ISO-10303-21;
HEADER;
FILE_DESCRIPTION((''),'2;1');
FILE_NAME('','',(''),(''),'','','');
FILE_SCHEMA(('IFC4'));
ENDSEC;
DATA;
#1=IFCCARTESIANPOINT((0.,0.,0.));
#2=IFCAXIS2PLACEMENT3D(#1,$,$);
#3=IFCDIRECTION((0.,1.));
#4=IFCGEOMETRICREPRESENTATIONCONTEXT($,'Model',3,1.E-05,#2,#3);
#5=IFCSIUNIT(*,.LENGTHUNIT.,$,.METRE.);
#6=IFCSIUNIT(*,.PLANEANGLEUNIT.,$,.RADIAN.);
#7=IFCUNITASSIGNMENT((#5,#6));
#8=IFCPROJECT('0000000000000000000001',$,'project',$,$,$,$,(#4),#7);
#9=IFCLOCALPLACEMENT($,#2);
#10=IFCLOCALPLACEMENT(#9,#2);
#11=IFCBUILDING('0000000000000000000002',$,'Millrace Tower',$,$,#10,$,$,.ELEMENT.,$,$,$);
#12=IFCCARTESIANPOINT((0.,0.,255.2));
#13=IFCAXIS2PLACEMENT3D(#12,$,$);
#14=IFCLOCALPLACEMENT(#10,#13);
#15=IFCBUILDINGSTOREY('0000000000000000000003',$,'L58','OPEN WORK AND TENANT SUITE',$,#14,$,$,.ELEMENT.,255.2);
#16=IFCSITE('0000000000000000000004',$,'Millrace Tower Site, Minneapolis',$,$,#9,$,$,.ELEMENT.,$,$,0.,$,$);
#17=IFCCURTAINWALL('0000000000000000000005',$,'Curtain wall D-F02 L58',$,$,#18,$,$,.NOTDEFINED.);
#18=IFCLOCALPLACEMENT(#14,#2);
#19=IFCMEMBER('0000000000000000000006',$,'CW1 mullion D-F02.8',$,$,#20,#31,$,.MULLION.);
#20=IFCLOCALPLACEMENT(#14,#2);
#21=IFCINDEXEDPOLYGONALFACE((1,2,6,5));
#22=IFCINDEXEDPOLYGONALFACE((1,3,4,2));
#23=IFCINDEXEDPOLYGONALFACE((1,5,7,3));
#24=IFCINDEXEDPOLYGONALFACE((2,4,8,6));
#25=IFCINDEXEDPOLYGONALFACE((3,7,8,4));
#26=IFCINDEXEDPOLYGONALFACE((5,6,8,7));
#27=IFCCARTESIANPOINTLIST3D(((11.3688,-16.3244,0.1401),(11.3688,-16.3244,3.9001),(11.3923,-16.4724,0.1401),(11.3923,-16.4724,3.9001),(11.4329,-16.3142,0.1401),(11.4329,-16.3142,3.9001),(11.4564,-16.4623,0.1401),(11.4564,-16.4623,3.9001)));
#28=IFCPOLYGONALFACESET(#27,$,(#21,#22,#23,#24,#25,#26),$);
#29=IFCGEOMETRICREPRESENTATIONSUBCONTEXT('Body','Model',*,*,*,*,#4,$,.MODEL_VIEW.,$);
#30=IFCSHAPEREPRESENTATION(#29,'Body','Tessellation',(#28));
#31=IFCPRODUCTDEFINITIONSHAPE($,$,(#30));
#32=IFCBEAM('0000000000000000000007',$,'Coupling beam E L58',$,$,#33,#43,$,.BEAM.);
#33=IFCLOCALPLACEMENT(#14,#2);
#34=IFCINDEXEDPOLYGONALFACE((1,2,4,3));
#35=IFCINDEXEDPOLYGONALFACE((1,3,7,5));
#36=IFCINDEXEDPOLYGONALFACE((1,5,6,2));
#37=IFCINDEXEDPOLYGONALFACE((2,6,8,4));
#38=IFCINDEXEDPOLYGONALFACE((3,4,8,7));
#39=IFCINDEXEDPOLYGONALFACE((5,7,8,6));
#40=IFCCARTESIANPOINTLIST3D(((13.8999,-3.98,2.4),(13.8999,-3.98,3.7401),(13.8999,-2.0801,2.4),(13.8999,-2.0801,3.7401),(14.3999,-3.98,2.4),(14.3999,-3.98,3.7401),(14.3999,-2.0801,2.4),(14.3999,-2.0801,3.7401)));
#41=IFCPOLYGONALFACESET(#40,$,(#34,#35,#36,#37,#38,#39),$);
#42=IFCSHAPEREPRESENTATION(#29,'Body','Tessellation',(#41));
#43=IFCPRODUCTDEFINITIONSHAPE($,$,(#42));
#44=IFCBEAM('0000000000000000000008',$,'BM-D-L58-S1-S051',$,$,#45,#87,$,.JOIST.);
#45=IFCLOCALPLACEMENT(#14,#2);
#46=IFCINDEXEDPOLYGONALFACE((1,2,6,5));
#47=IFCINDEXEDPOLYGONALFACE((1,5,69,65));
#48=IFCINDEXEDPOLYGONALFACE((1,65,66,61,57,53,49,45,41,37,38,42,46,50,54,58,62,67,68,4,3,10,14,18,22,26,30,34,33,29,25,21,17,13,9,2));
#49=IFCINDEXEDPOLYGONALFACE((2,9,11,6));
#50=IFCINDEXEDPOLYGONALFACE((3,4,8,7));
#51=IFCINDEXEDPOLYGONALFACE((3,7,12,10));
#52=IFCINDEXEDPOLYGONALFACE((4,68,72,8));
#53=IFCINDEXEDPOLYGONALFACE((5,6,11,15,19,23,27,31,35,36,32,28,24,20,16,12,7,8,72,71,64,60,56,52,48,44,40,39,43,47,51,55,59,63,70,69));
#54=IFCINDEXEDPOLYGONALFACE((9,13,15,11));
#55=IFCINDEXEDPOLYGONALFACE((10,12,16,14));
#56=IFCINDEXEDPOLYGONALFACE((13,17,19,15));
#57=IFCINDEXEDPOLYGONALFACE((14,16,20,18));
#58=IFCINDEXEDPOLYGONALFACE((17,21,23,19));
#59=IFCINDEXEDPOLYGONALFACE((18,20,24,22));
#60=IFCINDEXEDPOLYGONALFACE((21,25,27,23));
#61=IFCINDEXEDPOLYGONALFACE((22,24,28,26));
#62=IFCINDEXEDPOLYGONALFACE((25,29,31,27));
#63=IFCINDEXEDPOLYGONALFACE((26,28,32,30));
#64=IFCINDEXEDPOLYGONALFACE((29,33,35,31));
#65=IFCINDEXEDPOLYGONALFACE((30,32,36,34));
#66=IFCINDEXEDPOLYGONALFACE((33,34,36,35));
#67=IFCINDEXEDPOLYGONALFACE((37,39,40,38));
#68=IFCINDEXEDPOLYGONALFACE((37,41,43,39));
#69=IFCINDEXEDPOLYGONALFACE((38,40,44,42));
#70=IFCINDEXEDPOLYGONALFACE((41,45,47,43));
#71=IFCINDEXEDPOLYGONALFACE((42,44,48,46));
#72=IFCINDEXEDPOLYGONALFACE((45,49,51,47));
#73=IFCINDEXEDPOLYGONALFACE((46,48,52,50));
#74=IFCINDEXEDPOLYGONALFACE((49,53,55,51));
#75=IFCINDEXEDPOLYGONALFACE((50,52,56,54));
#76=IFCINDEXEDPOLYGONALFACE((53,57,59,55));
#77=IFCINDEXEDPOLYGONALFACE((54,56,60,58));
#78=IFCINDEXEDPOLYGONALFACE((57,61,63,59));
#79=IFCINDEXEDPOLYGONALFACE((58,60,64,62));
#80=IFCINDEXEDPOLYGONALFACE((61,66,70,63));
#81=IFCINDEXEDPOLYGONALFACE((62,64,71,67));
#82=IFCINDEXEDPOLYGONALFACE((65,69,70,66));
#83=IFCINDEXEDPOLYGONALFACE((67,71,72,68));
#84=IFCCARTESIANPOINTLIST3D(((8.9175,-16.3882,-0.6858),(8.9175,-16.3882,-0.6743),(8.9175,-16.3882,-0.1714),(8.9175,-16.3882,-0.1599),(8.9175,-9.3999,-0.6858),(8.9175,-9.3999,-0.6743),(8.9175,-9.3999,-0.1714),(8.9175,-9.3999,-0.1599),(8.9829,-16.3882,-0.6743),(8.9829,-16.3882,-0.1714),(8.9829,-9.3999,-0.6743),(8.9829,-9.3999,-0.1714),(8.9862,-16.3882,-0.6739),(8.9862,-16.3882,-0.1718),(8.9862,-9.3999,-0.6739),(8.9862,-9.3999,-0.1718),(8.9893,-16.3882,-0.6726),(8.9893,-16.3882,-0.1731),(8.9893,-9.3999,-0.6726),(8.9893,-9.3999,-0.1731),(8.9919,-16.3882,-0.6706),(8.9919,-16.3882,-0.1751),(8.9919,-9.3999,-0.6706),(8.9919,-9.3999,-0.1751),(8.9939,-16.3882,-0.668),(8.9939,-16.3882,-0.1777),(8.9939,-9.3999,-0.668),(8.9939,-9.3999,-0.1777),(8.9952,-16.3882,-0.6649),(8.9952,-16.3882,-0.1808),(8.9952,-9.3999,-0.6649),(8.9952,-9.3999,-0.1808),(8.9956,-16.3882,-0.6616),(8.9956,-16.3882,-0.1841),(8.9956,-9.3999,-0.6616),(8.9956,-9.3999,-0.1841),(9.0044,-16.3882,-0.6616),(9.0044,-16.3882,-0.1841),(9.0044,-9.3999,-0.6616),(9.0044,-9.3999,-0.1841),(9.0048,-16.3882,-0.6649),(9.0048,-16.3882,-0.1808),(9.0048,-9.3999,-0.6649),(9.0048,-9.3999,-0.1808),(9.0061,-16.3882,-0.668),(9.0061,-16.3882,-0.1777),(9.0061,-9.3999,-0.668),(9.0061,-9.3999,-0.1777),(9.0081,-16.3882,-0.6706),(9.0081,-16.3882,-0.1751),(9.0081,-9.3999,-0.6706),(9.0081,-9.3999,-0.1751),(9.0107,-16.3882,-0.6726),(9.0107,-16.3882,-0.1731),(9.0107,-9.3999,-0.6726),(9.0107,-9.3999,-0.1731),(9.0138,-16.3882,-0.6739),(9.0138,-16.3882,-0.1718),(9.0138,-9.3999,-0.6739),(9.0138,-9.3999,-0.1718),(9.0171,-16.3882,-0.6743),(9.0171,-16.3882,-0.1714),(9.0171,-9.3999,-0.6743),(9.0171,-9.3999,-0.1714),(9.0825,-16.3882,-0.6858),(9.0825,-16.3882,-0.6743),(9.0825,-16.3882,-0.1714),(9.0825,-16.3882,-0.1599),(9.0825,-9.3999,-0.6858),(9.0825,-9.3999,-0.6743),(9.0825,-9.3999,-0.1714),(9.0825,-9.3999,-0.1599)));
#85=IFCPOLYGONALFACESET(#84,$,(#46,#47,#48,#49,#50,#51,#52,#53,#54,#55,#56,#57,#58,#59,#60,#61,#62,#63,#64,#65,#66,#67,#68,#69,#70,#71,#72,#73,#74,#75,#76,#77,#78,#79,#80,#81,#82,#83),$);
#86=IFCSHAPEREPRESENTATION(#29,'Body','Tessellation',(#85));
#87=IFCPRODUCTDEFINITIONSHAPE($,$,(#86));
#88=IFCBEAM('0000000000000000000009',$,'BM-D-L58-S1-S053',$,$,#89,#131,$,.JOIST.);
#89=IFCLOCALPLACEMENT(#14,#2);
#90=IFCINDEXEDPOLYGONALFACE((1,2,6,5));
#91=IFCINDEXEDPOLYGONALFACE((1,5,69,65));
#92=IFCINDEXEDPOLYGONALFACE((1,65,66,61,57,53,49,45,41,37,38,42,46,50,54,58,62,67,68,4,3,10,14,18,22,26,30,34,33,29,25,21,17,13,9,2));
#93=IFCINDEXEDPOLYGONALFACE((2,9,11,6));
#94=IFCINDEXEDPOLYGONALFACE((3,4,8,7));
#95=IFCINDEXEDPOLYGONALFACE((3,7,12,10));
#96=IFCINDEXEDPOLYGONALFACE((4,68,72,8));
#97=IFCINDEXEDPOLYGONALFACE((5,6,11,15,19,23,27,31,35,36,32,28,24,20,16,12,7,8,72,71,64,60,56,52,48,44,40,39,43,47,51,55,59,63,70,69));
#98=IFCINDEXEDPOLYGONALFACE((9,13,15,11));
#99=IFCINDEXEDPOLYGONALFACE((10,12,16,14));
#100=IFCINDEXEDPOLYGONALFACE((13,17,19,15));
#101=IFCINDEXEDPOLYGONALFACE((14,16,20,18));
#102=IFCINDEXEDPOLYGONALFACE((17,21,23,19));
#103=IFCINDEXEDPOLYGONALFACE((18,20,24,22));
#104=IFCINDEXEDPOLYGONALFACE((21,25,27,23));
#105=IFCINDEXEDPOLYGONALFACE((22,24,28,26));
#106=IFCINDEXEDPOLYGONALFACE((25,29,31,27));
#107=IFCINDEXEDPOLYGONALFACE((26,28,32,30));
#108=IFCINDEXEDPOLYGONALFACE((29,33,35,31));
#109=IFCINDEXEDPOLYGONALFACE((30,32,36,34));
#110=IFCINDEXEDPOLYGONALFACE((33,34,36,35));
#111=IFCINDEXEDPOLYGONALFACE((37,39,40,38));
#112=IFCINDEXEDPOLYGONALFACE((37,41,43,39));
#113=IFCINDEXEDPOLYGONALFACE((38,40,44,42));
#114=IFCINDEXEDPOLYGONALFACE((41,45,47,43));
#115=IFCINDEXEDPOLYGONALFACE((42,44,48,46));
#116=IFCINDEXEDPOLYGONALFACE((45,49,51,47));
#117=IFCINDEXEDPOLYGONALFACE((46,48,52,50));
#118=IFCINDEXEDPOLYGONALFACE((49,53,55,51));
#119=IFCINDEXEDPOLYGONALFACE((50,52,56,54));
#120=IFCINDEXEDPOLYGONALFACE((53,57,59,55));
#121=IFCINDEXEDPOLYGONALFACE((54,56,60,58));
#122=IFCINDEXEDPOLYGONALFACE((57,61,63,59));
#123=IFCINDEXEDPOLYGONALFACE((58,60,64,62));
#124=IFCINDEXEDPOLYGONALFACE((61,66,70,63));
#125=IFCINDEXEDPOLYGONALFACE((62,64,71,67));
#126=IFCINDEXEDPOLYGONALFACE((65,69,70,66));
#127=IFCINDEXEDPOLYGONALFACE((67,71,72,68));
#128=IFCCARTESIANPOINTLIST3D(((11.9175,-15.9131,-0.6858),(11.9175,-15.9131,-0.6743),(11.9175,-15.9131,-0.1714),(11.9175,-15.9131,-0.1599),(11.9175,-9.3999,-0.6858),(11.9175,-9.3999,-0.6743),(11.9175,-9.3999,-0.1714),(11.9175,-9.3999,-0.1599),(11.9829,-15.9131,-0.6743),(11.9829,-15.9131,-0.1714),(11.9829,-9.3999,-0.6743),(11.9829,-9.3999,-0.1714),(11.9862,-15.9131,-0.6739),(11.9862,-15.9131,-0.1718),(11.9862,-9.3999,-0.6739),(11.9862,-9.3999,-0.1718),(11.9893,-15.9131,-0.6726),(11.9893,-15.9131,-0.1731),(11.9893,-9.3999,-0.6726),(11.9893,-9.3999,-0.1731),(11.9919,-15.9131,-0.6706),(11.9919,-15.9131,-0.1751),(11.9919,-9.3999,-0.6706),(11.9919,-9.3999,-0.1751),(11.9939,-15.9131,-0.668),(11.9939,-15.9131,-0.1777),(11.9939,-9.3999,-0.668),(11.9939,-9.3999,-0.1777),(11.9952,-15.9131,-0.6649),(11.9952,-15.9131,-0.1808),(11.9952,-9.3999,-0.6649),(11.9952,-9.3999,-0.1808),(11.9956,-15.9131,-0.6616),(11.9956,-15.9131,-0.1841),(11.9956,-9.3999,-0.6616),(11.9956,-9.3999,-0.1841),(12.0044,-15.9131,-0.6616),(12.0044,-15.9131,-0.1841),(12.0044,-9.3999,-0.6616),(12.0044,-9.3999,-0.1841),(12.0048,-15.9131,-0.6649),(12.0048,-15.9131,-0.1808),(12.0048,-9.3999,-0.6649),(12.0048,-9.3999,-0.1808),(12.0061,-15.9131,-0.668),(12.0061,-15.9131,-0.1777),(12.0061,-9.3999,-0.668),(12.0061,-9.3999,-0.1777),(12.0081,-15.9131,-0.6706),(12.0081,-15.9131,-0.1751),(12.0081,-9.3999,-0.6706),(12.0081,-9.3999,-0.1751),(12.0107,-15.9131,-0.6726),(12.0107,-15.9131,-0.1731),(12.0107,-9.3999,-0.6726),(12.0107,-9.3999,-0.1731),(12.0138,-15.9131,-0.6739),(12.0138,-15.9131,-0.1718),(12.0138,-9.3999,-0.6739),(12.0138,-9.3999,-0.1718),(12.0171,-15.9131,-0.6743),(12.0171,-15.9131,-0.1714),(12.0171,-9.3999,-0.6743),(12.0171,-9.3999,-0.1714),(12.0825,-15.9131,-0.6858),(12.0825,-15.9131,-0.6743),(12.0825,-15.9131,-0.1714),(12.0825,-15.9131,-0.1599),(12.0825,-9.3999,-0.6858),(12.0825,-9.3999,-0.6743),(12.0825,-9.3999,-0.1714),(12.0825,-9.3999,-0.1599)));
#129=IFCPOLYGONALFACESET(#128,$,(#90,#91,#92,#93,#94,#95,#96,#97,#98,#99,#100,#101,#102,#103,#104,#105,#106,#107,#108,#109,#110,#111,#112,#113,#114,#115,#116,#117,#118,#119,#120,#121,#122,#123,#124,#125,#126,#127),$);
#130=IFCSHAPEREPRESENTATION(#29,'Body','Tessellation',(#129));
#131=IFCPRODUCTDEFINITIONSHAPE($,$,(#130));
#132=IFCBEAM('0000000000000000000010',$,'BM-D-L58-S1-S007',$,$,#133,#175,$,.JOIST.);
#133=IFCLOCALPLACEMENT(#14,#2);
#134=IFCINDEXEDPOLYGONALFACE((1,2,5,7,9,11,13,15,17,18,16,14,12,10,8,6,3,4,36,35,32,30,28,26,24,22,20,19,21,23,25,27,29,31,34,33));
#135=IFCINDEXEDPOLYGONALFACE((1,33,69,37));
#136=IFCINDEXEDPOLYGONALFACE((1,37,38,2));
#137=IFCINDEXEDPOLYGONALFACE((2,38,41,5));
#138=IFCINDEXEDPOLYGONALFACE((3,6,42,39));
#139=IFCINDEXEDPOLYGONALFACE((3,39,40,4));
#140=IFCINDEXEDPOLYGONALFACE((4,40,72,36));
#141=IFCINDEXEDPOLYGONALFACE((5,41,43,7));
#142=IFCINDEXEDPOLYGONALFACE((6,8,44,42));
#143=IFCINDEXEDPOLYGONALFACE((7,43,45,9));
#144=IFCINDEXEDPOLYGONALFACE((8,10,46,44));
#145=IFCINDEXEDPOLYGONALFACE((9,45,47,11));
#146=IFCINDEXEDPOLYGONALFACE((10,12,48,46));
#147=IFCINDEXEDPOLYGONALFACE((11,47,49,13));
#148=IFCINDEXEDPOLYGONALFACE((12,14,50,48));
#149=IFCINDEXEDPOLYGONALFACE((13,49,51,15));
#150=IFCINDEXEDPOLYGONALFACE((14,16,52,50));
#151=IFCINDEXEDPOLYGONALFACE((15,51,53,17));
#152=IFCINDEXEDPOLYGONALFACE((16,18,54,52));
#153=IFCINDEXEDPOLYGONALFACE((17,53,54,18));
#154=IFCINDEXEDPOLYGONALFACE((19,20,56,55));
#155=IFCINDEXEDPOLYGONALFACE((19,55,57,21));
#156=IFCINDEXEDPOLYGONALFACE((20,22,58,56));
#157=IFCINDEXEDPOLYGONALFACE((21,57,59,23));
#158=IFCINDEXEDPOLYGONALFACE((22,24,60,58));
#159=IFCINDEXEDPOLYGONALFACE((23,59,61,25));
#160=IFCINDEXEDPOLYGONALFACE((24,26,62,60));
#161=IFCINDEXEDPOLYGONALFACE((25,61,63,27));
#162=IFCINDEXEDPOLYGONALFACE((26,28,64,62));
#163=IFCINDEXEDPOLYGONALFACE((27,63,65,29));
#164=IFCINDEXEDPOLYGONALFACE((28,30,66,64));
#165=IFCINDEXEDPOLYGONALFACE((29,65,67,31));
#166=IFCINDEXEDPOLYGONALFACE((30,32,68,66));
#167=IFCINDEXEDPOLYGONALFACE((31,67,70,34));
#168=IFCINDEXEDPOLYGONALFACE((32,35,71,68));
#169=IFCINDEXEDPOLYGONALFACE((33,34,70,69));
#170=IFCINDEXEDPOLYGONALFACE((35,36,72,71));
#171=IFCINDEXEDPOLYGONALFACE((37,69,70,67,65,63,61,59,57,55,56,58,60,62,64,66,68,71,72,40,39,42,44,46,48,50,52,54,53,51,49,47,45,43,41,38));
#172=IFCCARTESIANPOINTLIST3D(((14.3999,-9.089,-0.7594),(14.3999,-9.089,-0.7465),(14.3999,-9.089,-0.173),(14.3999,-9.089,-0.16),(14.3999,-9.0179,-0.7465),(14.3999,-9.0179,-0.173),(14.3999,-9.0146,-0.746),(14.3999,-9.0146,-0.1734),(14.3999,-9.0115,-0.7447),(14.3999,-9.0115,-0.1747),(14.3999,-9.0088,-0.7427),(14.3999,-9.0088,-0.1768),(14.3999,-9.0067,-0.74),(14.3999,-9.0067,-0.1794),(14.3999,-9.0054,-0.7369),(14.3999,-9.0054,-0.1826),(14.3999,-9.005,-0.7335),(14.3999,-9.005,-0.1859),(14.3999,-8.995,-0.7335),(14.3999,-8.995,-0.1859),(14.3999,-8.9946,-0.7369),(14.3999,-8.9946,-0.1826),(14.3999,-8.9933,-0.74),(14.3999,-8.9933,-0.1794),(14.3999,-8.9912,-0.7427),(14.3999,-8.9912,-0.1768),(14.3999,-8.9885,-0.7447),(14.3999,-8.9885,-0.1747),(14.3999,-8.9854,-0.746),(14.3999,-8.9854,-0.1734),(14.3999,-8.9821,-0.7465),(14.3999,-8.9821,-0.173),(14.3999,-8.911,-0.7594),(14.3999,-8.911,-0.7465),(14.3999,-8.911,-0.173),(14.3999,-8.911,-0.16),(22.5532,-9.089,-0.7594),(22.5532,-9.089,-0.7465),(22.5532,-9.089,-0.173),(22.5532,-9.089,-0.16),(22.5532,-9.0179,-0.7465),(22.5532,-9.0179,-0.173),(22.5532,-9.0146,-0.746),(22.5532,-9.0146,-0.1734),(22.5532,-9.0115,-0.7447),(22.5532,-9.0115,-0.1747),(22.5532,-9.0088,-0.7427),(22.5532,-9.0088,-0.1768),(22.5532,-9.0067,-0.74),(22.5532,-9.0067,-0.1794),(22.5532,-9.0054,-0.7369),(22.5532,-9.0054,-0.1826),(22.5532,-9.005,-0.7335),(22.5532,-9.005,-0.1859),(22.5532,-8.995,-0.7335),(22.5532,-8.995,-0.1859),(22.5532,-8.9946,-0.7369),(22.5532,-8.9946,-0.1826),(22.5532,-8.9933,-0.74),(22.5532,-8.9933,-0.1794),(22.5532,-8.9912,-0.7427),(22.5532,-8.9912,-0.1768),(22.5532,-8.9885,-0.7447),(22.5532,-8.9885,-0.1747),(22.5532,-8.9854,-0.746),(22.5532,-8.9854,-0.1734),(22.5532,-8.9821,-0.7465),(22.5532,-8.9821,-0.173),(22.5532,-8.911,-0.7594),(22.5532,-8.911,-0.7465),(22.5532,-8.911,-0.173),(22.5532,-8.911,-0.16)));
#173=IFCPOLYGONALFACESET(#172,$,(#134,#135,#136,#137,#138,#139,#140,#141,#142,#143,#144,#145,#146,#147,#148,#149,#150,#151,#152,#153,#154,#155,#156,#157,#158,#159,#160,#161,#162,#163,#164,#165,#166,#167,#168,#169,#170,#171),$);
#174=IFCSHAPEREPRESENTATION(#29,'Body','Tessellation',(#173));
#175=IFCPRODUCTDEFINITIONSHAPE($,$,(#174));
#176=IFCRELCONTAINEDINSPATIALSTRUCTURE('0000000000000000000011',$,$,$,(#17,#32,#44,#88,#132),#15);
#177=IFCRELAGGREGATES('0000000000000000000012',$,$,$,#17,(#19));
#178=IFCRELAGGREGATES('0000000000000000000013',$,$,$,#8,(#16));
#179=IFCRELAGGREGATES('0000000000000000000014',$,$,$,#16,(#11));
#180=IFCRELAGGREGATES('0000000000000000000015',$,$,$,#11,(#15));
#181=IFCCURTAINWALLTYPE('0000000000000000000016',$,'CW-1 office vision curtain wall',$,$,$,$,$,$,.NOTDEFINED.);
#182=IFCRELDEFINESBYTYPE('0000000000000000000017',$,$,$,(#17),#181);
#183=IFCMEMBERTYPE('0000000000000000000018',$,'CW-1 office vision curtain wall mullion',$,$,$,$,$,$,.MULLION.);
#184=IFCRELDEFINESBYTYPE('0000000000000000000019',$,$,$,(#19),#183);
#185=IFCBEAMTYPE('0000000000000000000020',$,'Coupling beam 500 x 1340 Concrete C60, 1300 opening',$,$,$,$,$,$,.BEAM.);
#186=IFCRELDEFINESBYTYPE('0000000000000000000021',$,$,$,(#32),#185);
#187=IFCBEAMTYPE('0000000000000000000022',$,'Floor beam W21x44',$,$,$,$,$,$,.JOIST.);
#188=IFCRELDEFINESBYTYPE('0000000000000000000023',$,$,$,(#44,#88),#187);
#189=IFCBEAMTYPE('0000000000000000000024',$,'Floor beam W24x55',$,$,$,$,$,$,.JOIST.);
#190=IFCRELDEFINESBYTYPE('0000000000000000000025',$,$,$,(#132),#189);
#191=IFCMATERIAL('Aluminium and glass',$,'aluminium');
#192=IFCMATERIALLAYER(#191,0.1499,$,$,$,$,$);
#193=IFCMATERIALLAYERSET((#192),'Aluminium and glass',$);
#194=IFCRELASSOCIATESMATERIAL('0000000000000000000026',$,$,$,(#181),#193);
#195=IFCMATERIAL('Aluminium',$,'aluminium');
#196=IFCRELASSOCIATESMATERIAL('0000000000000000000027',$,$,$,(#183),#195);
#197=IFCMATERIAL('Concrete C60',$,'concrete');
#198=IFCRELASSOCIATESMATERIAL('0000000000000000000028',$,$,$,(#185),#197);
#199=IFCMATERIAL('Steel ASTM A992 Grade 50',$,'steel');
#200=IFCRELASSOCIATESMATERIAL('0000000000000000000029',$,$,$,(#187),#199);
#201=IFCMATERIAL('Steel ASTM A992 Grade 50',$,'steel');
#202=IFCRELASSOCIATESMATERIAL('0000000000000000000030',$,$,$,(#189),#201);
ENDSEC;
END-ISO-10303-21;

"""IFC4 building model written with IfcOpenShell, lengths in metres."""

from ifc_helpers import new_model, si_unit, direction, frame, origin, origin_2d, place, context, subcontext, project, spatial, rectangle, i_section, extrude, material, layer, layer_set, material_profile, profile_set, type_object, element, aggregate, save


model = new_model("IFC4")

# Units and contexts
model_context = context("Model", 3, precision=1e-05, world=origin(), true_north=direction((0.0, 1.0)))
body_context = subcontext(model_context, "Body", "Model", "MODEL_VIEW")
ifc_project = project(units=[si_unit("LENGTHUNIT", "METRE"), si_unit("PLANEANGLEUNIT", "RADIAN")], contexts=[model_context])

# Site, building, storey
site_placement = place(None, origin())
site = spatial("IfcSite", under=ifc_project, at=site_placement, Name="Millrace Tower Site, Minneapolis", CompositionType="ELEMENT", RefElevation=0.0)
building_placement = place(site_placement, origin())
building = spatial("IfcBuilding", under=site, at=building_placement, Name="Millrace Tower", CompositionType="ELEMENT")
storey_placement = place(building_placement, frame((0.0, 0.0, 255.2)))
storey = spatial("IfcBuildingStorey", under=building, at=storey_placement, Name="L58", Description="OPEN WORK AND TENANT SUITE", CompositionType="ELEMENT", Elevation=255.2)

# Curtain wall, member
ifc_material_1 = material(Name="Aluminium and glass", Category="aluminium")
ifc_layer_1 = layer(ifc_material_1, 0.1499)
ifc_layer_set_1 = layer_set([ifc_layer_1], Name="Aluminium and glass")
curtain_wall_type = type_object("IfcCurtainWallType", Name="CW-1 office vision curtain wall", PredefinedType="NOTDEFINED", material=ifc_layer_set_1)
placement = place(storey_placement, origin())
curtain_wall = element("IfcCurtainWall", 1, at=placement, inside=storey, type_object=curtain_wall_type, Name="Curtain wall D-F02 L58", PredefinedType="NOTDEFINED")
ifc_material_2 = material(Name="Aluminium", Category="aluminium")
ifc_material_profile_1 = material_profile(ifc_material_2, rectangle(XDim=0.0649, YDim=0.1499, at=origin_2d()))
ifc_profile_set_1 = profile_set([ifc_material_profile_1], Name="Aluminium")
member_type = type_object("IfcMemberType", Name="CW-1 office vision curtain wall mullion", PredefinedType="MULLION", material=ifc_profile_set_1)
member_placement = place(storey_placement, frame((11.4126, -16.3933, 0.1401), z_axis=(0.0, 0.0, 1.0), x_axis=(0.987688, 0.156434, 0.0)))
member = element("IfcMember", 2, at=member_placement, type_object=member_type, Name="CW1 mullion D-F02.8", PredefinedType="MULLION", context=body_context, shape_type="SweptSolid", body=[
    extrude(rectangle(XDim=0.0649, YDim=0.1499, at=origin_2d()), origin(), (0.0, 0.0, 1.0), 3.76),
])
aggregate(curtain_wall, [member])

# Beams
ifc_material_3 = material(Name="Concrete C60", Category="concrete")
ifc_material_profile_2 = material_profile(ifc_material_3, rectangle(XDim=0.5, YDim=1.3401, at=origin_2d()))
ifc_profile_set_2 = profile_set([ifc_material_profile_2], Name="Concrete C60")
beam_type_1 = type_object("IfcBeamType", Name="Coupling beam 500 x 1340 Concrete C60, 1300 opening", PredefinedType="BEAM", material=ifc_profile_set_2)
beam_1_placement = place(storey_placement, frame((14.1499, -2.0801, 3.0701), z_axis=(0.0, -1.0, 0.0), x_axis=(1.0, 0.0, 0.0)))
element("IfcBeam", 3, at=beam_1_placement, inside=storey, type_object=beam_type_1, Name="Coupling beam E L58", PredefinedType="BEAM", context=body_context, shape_type="SweptSolid", body=[
    extrude(rectangle(XDim=0.5, YDim=1.3401, at=origin_2d()), origin(), (0.0, 0.0, 1.0), 1.8999),
])
ifc_material_4 = material(Name="Steel ASTM A992 Grade 50", Category="steel")
ifc_material_profile_3 = material_profile(ifc_material_4, i_section(OverallWidth=0.165, OverallDepth=0.5259, WebThickness=0.0088, FlangeThickness=0.0115, FilletRadius=0.0127, at=origin_2d()))
ifc_profile_set_3 = profile_set([ifc_material_profile_3], Name="Steel ASTM A992 Grade 50")
beam_type_2 = type_object("IfcBeamType", Name="Floor beam W21x44", PredefinedType="JOIST", material=ifc_profile_set_3)
beam_2_placement = place(storey_placement, frame((9.0, -16.3882, -0.4229), z_axis=(0.0, 1.0, 0.0), x_axis=(-1.0, 0.0, 0.0)))
element("IfcBeam", 4, at=beam_2_placement, inside=storey, type_object=beam_type_2, Name="BM-D-L58-S1-S051", PredefinedType="JOIST", context=body_context, shape_type="SweptSolid", body=[
    extrude(i_section(OverallWidth=0.165, OverallDepth=0.5259, WebThickness=0.0088, FlangeThickness=0.0115, FilletRadius=0.0127, at=origin_2d()), origin(), (0.0, 0.0, 1.0), 6.9883),
])
beam_3_placement = place(storey_placement, frame((12.0, -15.9131, -0.4229), z_axis=(0.0, 1.0, 0.0), x_axis=(-1.0, 0.0, 0.0)))
element("IfcBeam", 5, at=beam_3_placement, inside=storey, type_object=beam_type_2, Name="BM-D-L58-S1-S053", PredefinedType="JOIST", context=body_context, shape_type="SweptSolid", body=[
    extrude(i_section(OverallWidth=0.165, OverallDepth=0.5259, WebThickness=0.0088, FlangeThickness=0.0115, FilletRadius=0.0127, at=origin_2d()), origin(), (0.0, 0.0, 1.0), 6.5132),
])
ifc_material_5 = material(Name="Steel ASTM A992 Grade 50", Category="steel")
ifc_material_profile_4 = material_profile(ifc_material_5, i_section(OverallWidth=0.178, OverallDepth=0.5994, WebThickness=0.01, FlangeThickness=0.0129, FilletRadius=0.0129, at=origin_2d()))
ifc_profile_set_4 = profile_set([ifc_material_profile_4], Name="Steel ASTM A992 Grade 50")
beam_type_3 = type_object("IfcBeamType", Name="Floor beam W24x55", PredefinedType="JOIST", material=ifc_profile_set_4)
beam_4_placement = place(storey_placement, frame((14.3999, -9.0, -0.4597), z_axis=(1.0, 0.0, 0.0), x_axis=(0.0, 1.0, 0.0)))
element("IfcBeam", 6, at=beam_4_placement, inside=storey, type_object=beam_type_3, Name="BM-D-L58-S1-S007", PredefinedType="JOIST", context=body_context, shape_type="SweptSolid", body=[
    extrude(i_section(OverallWidth=0.178, OverallDepth=0.5994, WebThickness=0.01, FlangeThickness=0.0129, FilletRadius=0.0129, at=origin_2d()), origin(), (0.0, 0.0, 1.0), 8.1533),
])

save(model, "model.ifc")
